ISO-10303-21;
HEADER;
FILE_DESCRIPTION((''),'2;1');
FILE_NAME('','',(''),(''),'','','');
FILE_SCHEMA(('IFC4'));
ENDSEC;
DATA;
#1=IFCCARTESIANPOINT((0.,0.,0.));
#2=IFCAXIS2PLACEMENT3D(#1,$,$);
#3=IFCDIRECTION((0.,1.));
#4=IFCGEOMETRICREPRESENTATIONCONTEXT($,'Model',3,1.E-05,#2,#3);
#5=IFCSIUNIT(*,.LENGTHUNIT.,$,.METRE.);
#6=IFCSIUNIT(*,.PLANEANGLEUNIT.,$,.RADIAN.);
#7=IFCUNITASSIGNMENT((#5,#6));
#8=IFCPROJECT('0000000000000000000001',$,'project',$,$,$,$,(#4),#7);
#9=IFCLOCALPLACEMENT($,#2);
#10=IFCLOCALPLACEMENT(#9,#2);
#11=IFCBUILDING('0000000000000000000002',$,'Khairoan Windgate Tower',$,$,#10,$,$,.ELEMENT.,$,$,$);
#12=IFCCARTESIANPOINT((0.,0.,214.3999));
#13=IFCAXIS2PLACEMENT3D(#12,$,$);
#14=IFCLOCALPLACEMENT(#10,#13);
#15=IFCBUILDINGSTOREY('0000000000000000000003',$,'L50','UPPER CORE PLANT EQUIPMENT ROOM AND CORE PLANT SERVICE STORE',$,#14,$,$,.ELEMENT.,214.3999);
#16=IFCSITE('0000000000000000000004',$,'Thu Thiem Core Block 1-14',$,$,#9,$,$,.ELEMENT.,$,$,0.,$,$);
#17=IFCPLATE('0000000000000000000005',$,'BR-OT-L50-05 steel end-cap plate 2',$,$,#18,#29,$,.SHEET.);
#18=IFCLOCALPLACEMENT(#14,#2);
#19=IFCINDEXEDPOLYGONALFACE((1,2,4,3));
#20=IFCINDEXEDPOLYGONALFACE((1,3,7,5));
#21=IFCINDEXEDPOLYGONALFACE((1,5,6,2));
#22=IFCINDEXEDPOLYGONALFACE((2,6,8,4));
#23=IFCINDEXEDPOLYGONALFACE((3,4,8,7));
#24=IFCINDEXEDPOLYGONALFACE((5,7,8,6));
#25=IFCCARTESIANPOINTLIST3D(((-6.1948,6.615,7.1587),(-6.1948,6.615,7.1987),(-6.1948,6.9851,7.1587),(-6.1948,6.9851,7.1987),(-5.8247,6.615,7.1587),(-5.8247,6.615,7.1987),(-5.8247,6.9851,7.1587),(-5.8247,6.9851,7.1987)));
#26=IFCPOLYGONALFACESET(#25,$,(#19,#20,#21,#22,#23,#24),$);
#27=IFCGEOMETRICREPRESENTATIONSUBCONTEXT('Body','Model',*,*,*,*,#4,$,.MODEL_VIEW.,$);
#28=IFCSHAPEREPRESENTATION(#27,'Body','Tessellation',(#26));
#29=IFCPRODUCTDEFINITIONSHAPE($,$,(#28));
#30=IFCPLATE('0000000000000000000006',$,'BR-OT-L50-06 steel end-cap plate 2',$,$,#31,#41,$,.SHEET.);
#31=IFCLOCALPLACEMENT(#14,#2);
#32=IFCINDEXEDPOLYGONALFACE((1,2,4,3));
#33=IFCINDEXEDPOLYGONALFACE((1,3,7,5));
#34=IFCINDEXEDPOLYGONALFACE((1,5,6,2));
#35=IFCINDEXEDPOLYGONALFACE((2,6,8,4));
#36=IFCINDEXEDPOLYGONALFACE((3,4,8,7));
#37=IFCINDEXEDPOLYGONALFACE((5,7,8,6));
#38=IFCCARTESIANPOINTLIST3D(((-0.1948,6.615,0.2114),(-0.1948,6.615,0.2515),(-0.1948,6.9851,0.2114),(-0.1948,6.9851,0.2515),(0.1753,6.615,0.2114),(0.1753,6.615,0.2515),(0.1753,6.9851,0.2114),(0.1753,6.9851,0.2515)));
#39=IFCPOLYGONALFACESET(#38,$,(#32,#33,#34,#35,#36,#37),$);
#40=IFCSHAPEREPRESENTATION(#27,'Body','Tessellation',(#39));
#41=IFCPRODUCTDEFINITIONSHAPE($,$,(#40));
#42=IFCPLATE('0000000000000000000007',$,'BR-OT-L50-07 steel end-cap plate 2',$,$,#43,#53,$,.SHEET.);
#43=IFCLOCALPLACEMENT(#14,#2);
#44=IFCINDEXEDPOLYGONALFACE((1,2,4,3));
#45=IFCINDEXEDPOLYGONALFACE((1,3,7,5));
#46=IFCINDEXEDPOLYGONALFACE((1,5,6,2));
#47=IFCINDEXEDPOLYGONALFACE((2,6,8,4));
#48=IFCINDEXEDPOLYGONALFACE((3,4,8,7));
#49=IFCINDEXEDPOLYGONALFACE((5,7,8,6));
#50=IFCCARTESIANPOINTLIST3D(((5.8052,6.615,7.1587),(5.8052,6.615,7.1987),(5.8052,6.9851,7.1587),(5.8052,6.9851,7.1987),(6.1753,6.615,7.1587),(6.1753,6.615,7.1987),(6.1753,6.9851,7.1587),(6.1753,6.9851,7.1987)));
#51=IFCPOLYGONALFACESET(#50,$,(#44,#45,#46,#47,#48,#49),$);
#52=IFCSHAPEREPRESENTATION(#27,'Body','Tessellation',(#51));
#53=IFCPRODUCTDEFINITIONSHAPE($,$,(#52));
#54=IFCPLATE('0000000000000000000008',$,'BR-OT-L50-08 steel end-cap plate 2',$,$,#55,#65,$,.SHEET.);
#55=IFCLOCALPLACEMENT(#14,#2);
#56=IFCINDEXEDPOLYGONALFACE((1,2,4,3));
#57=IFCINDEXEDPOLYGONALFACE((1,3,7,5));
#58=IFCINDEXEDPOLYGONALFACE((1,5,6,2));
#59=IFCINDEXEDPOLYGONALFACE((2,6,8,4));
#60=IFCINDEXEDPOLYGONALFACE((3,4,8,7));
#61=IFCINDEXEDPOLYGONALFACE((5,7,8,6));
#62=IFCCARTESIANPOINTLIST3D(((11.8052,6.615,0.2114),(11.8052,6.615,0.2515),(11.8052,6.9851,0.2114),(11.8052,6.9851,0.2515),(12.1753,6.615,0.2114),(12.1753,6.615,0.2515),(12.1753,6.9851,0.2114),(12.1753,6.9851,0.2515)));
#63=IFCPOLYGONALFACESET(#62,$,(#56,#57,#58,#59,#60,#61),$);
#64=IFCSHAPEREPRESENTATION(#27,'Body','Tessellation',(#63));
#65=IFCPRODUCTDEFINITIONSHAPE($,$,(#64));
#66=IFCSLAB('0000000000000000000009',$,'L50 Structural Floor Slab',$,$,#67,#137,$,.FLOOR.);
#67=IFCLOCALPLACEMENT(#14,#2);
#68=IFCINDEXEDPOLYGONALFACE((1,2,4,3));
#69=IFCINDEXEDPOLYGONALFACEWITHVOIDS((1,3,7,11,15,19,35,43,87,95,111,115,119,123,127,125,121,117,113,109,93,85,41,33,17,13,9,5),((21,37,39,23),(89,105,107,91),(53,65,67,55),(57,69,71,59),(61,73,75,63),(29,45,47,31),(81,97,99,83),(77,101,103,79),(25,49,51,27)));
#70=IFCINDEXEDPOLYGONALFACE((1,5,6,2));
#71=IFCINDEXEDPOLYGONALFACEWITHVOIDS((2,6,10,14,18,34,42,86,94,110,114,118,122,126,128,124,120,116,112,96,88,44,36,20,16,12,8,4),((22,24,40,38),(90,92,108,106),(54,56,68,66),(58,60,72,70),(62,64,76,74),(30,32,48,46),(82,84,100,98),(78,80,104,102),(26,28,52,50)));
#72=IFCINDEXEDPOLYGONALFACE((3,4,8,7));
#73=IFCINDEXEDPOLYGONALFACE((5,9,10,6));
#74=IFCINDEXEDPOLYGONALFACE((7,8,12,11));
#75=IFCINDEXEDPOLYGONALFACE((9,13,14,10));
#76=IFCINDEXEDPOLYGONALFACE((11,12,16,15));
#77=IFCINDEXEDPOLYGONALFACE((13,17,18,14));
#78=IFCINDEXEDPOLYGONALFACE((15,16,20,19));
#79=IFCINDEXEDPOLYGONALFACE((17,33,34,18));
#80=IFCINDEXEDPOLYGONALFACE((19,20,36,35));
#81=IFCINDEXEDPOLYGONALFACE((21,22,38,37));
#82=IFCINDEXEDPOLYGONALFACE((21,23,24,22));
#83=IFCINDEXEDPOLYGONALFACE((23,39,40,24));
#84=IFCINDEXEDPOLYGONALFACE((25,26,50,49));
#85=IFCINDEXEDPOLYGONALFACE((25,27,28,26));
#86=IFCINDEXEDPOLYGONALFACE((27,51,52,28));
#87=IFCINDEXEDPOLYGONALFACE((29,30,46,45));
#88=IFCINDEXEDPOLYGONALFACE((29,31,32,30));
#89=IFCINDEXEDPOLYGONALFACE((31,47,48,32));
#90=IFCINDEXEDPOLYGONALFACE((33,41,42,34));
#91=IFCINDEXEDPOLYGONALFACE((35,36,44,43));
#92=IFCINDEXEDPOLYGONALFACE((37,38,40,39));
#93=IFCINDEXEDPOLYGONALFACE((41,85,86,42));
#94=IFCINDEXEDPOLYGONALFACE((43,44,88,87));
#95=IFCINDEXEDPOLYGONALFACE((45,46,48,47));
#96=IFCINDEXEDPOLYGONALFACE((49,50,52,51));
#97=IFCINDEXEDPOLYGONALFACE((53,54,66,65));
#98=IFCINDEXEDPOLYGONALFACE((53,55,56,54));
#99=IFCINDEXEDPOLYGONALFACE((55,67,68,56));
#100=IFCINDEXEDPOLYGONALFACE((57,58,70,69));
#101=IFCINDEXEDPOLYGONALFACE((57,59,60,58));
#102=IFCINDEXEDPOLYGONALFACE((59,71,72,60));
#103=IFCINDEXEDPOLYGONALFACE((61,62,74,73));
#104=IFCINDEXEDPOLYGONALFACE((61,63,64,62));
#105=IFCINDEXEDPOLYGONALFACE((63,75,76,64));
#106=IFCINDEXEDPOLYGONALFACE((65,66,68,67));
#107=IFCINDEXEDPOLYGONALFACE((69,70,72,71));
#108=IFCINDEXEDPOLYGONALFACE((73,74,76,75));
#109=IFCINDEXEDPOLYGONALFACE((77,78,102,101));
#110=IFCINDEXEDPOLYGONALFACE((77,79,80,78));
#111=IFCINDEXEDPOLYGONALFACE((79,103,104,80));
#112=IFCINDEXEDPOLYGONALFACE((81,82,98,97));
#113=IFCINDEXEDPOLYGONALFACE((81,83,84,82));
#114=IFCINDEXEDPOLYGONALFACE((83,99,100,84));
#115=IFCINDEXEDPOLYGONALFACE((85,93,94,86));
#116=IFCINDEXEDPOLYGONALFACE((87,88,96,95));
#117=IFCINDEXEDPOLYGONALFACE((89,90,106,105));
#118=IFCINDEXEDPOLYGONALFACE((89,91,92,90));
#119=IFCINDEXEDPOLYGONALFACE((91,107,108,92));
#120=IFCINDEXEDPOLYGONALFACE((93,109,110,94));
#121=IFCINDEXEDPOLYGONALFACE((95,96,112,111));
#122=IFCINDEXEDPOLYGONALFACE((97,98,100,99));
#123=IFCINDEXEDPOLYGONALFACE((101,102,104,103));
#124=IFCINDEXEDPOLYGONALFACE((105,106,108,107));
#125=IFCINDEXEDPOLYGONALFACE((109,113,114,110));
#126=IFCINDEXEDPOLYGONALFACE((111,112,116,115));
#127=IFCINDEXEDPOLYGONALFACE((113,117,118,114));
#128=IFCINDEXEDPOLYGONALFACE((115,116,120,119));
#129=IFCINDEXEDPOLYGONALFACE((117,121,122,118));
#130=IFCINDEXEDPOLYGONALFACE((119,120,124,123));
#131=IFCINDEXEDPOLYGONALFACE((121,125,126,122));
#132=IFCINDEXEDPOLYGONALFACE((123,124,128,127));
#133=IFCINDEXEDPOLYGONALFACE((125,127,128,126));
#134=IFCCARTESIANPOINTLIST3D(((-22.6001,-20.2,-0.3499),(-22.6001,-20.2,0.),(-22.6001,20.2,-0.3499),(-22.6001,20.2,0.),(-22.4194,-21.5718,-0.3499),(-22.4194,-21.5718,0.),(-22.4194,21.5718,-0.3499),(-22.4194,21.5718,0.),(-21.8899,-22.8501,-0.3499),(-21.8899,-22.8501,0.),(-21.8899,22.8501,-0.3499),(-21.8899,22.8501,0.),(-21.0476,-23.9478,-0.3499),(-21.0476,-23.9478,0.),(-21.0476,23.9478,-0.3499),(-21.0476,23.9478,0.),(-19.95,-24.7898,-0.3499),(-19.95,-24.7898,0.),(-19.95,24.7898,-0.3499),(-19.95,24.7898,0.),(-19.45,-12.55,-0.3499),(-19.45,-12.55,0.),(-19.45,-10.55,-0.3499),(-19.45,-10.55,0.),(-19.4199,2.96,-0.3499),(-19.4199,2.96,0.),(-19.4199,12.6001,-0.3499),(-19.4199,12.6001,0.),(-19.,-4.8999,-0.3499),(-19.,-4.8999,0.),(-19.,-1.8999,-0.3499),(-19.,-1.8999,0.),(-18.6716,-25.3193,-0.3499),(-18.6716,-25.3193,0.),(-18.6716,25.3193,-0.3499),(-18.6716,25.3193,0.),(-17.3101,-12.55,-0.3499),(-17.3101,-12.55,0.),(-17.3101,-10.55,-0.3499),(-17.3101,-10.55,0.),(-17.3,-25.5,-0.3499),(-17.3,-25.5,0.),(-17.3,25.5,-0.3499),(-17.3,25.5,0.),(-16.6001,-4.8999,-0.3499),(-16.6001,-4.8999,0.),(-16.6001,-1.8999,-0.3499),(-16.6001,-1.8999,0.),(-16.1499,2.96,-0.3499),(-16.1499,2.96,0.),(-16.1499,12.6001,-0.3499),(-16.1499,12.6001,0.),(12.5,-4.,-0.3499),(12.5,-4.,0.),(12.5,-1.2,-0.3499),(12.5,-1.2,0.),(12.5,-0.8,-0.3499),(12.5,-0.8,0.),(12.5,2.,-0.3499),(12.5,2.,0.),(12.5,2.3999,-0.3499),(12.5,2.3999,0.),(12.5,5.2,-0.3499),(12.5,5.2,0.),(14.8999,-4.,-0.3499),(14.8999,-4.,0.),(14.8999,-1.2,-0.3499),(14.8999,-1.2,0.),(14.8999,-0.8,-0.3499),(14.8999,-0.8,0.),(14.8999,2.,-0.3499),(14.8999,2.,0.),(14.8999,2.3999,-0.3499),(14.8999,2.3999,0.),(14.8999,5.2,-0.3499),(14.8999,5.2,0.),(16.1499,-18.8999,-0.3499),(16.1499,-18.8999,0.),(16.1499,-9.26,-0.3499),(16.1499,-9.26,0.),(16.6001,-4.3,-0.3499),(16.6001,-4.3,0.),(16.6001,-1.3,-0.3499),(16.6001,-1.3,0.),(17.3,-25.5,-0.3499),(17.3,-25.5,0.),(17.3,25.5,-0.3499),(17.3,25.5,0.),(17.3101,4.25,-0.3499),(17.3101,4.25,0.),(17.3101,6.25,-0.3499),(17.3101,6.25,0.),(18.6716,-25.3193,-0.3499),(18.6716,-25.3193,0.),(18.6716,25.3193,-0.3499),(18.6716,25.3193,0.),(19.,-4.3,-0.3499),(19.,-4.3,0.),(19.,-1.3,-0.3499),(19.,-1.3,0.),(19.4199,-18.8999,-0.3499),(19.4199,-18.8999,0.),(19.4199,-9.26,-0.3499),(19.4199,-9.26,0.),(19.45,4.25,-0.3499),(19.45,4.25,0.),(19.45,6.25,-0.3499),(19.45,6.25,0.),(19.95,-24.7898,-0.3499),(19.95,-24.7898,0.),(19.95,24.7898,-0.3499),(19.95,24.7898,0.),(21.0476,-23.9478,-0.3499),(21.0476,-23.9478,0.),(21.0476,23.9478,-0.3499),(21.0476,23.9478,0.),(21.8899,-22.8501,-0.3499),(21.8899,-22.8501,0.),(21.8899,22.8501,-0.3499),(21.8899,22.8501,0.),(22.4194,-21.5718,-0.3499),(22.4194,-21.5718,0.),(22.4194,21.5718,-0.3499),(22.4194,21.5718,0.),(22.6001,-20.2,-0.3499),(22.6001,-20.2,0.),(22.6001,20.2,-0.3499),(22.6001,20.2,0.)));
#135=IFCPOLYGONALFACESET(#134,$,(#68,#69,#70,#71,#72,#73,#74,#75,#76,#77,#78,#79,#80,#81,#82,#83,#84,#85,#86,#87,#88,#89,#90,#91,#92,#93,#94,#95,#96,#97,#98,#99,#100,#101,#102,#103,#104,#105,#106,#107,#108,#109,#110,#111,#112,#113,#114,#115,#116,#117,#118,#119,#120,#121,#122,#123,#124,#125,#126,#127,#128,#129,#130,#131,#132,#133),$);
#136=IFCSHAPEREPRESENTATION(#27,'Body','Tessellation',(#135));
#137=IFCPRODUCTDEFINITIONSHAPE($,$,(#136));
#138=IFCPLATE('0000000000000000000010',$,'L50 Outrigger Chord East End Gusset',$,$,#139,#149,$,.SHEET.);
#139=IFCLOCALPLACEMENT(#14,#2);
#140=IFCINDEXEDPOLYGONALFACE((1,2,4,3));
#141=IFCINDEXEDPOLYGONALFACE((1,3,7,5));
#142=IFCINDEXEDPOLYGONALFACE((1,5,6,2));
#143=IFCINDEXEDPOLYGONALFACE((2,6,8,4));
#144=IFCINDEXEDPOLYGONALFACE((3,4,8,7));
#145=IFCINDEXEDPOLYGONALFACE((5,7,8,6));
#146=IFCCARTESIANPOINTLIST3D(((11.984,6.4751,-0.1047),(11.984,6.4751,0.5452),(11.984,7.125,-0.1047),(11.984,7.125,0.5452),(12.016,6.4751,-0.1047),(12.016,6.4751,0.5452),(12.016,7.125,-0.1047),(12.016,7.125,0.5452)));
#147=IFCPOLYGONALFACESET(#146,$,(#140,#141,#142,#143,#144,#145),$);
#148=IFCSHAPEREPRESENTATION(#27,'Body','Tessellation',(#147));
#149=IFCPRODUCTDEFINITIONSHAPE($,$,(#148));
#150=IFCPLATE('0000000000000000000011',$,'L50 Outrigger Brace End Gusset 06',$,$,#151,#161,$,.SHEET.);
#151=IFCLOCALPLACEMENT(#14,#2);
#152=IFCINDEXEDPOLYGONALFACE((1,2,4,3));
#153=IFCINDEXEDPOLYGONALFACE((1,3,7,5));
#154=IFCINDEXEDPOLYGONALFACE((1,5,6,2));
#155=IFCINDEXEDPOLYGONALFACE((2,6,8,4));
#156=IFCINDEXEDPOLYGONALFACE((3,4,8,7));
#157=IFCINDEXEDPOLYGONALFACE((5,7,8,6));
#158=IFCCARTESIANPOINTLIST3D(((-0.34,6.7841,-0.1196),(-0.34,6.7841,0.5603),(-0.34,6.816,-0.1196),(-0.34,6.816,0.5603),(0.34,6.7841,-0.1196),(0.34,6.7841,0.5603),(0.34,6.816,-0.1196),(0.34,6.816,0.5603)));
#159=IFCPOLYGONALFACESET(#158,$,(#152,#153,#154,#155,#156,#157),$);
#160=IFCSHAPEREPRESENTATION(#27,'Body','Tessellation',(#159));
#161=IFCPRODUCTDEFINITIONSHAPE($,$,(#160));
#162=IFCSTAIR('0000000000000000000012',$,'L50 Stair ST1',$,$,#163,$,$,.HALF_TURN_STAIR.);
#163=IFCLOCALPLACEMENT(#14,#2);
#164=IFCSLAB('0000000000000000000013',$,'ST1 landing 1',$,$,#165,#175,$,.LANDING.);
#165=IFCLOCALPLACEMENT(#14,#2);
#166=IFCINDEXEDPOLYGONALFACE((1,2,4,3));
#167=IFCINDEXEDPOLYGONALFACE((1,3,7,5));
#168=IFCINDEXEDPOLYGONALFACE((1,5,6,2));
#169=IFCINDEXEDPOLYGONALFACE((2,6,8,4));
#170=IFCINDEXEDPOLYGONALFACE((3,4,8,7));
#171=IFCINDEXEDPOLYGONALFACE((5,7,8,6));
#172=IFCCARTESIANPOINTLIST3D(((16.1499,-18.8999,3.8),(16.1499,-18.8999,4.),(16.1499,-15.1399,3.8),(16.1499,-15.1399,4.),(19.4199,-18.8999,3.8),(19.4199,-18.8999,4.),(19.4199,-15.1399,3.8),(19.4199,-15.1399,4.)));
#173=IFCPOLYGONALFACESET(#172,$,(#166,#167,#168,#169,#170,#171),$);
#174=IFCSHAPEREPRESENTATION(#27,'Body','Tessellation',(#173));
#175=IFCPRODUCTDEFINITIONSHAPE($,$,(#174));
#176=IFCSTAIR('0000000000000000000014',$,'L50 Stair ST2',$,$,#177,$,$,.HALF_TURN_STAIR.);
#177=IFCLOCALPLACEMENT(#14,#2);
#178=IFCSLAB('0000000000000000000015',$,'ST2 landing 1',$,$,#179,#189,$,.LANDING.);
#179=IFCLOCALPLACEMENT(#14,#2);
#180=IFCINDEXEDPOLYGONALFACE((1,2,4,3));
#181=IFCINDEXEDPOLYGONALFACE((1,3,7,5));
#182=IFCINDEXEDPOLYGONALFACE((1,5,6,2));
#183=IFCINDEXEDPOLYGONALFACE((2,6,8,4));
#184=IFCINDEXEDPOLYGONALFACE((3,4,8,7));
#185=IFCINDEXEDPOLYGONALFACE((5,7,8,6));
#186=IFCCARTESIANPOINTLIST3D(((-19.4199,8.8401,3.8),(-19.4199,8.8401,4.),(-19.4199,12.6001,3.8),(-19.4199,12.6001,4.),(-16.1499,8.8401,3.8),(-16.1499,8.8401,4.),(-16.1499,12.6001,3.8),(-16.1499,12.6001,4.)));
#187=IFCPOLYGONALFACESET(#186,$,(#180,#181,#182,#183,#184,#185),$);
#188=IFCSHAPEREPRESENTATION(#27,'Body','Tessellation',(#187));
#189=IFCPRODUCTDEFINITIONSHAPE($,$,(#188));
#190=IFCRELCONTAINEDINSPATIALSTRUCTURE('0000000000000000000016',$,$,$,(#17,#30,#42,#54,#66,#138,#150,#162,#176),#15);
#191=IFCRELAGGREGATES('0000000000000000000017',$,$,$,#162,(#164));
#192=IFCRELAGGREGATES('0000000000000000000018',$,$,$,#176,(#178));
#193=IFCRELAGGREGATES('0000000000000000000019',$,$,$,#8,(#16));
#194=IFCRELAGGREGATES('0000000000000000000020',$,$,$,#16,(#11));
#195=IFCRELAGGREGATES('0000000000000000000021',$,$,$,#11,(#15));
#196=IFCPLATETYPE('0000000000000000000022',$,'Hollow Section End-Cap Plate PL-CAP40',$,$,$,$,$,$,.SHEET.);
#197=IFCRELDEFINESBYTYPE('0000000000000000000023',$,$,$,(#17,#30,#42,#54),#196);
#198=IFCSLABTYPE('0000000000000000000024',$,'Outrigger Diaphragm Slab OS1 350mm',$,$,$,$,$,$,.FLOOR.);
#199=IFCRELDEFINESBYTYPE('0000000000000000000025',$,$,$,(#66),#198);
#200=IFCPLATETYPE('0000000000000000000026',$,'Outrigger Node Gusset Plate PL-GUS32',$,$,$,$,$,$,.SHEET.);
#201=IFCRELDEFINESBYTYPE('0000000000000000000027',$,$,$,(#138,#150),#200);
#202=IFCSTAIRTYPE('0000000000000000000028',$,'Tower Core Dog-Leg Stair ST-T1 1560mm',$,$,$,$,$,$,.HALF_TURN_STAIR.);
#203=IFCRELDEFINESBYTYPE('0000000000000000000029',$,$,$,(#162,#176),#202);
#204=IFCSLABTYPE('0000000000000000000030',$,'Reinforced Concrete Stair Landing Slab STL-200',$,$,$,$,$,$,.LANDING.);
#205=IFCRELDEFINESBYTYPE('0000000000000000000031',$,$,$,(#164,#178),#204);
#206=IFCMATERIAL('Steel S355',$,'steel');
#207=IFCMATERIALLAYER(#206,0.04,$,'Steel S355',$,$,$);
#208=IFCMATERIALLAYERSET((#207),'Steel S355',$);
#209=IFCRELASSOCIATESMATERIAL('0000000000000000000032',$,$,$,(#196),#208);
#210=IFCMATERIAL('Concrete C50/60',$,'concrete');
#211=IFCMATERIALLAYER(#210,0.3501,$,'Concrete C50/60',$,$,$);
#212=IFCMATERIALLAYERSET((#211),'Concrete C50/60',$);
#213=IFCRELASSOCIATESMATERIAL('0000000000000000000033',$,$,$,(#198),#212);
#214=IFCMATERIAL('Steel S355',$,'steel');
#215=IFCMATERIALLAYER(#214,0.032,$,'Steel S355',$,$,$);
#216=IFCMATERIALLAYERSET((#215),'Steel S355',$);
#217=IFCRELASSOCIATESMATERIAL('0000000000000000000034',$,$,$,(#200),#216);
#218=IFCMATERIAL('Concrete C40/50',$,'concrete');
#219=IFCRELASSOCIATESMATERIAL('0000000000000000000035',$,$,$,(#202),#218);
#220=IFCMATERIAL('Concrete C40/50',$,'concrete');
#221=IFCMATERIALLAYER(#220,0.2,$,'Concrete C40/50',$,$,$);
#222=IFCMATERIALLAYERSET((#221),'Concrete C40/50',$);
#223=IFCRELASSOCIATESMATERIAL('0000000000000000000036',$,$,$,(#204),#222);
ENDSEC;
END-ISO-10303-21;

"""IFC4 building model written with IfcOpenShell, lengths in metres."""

from ifc_helpers import new_model, si_unit, direction, frame, origin, origin_2d, place, context, subcontext, project, spatial, polyline, rectangle, outline, extrude, material, layer, layer_set, type_object, element, aggregate, save


model = new_model("IFC4")

# Units and contexts
model_context = context("Model", 3, precision=1e-05, world=origin(), true_north=direction((0.0, 1.0)))
body_context = subcontext(model_context, "Body", "Model", "MODEL_VIEW")
ifc_project = project(units=[si_unit("LENGTHUNIT", "METRE"), si_unit("PLANEANGLEUNIT", "RADIAN")], contexts=[model_context])

# Site, building, storey
site_placement = place(None, origin())
site = spatial("IfcSite", under=ifc_project, at=site_placement, Name="Thu Thiem Core Block 1-14", CompositionType="ELEMENT", RefElevation=0.0)
building_placement = place(site_placement, origin())
building = spatial("IfcBuilding", under=site, at=building_placement, Name="Khairoan Windgate Tower", CompositionType="ELEMENT")
storey_placement = place(building_placement, frame((0.0, 0.0, 214.3999)))
storey = spatial("IfcBuildingStorey", under=building, at=storey_placement, Name="L50", Description="UPPER CORE PLANT EQUIPMENT ROOM AND CORE PLANT SERVICE STORE", CompositionType="ELEMENT", Elevation=214.3999)

# Plates
ifc_material_1 = material(Name="Steel S355", Category="steel")
ifc_layer_1 = layer(ifc_material_1, 0.04, Name="Steel S355")
ifc_layer_set_1 = layer_set([ifc_layer_1], Name="Steel S355")
plate_type_1 = type_object("IfcPlateType", Name="Hollow Section End-Cap Plate PL-CAP40", PredefinedType="SHEET", material=ifc_layer_set_1)
for number, where, z_axis, x_axis, name in (
    (1, (-6.0098, 6.8, 7.1587), (0.0, 0.0, 1.0), (1.0, 0.0, 0.0), "BR-OT-L50-05 steel end-cap plate 2"),
    (2, (-0.0098, 6.8, 0.2114), (0.0, 0.0, 1.0), (1.0, 0.0, 0.0), "BR-OT-L50-06 steel end-cap plate 2"),
    (3, (5.9902, 6.8, 7.1587), (0.0, 0.0, 1.0), (1.0, 0.0, 0.0), "BR-OT-L50-07 steel end-cap plate 2"),
    (4, (11.9902, 6.8, 0.2114), (0.0, 0.0, 1.0), (1.0, 0.0, 0.0), "BR-OT-L50-08 steel end-cap plate 2"),
):
    element("IfcPlate", number, at=place(storey_placement, frame(where, z_axis=z_axis, x_axis=x_axis)), inside=storey, type_object=plate_type_1, Name=name, PredefinedType="SHEET", context=body_context, shape_type="SweptSolid", body=[
        extrude(rectangle(XDim=0.3701, YDim=0.3701, at=origin_2d()), origin(), (0.0, 0.0, 1.0), 0.04),
    ])

# Slab
ifc_material_2 = material(Name="Concrete C50/60", Category="concrete")
ifc_layer_2 = layer(ifc_material_2, 0.3501, Name="Concrete C50/60")
ifc_layer_set_2 = layer_set([ifc_layer_2], Name="Concrete C50/60")
slab_type_1 = type_object("IfcSlabType", Name="Outrigger Diaphragm Slab OS1 350mm", PredefinedType="FLOOR", material=ifc_layer_set_2)
slab_1_placement = place(storey_placement, frame((0.0, 0.0, -0.3499)))
element("IfcSlab", 5, at=slab_1_placement, inside=storey, type_object=slab_type_1, Name="L50 Structural Floor Slab", PredefinedType="FLOOR", context=body_context, shape_type="SweptSolid", body=[
    extrude(outline(polyline([(17.3, -25.5), (18.6716, -25.3193), (19.95, -24.7898), (21.0476, -23.9478), (21.8899, -22.8501), (22.4194, -21.5718), (22.6001, -20.2), (22.6001, 20.2), (22.4194, 21.5718), (21.8899, 22.8501), (21.0476, 23.9478), (19.95, 24.7898), (18.6716, 25.3193), (17.3, 25.5), (-17.3, 25.5), (-18.6716, 25.3193), (-19.95, 24.7898), (-21.0476, 23.9478), (-21.8899, 22.8501), (-22.4194, 21.5718), (-22.6001, 20.2), (-22.6001, -20.2), (-22.4194, -21.5718), (-21.8899, -22.8501), (-21.0476, -23.9478), (-19.95, -24.7898), (-18.6716, -25.3193), (-17.3, -25.5), (17.3, -25.5)]), holes=[polyline([(16.1499, -9.26), (16.1499, -18.8999), (19.4199, -18.8999), (19.4199, -9.26), (16.1499, -9.26)]), polyline([(-16.1499, 2.96), (-16.1499, 12.6001), (-19.4199, 12.6001), (-19.4199, 2.96), (-16.1499, 2.96)]), polyline([(12.5, 2.3999), (14.8999, 2.3999), (14.8999, 5.2), (12.5, 5.2), (12.5, 2.3999)]), polyline([(12.5, -0.8), (14.8999, -0.8), (14.8999, 2.0), (12.5, 2.0), (12.5, -0.8)]), polyline([(12.5, -4.0), (14.8999, -4.0), (14.8999, -1.2), (12.5, -1.2), (12.5, -4.0)]), polyline([(16.6001, -4.3), (19.0, -4.3), (19.0, -1.3), (16.6001, -1.3), (16.6001, -4.3)]), polyline([(-19.0, -4.8999), (-16.6001, -4.8999), (-16.6001, -1.8999), (-19.0, -1.8999), (-19.0, -4.8999)]), polyline([(-19.45, -12.55), (-17.3101, -12.55), (-17.3101, -10.55), (-19.45, -10.55), (-19.45, -12.55)]), polyline([(17.3101, 4.25), (19.45, 4.25), (19.45, 6.25), (17.3101, 6.25), (17.3101, 4.25)])]), origin(), (0.0, 0.0, 1.0), 0.3499),
])

# Plates
ifc_material_3 = material(Name="Steel S355", Category="steel")
ifc_layer_3 = layer(ifc_material_3, 0.032, Name="Steel S355")
ifc_layer_set_3 = layer_set([ifc_layer_3], Name="Steel S355")
plate_type_2 = type_object("IfcPlateType", Name="Outrigger Node Gusset Plate PL-GUS32", PredefinedType="SHEET", material=ifc_layer_set_3)
plate_1_placement = place(storey_placement, frame((12.0, 6.8, -0.1047), z_axis=(0.0, 0.0, 1.0), x_axis=(1.0, 0.0, 0.0)))
element("IfcPlate", 6, at=plate_1_placement, inside=storey, type_object=plate_type_2, Name="L50 Outrigger Chord East End Gusset", PredefinedType="SHEET", context=body_context, shape_type="SweptSolid", body=[
    extrude(rectangle(XDim=0.032, YDim=0.6499, at=origin_2d()), origin(), (0.0, 0.0, 1.0), 0.6499),
])
plate_2_placement = place(storey_placement, frame((0.0, 6.8, -0.1196), z_axis=(0.0, 0.0, 1.0), x_axis=(1.0, 0.0, 0.0)))
element("IfcPlate", 7, at=plate_2_placement, inside=storey, type_object=plate_type_2, Name="L50 Outrigger Brace End Gusset 06", PredefinedType="SHEET", context=body_context, shape_type="SweptSolid", body=[
    extrude(rectangle(XDim=0.6799, YDim=0.032, at=origin_2d()), origin(), (0.0, 0.0, 1.0), 0.6799),
])

# Stairs, slabs
ifc_material_4 = material(Name="Concrete C40/50", Category="concrete")
stair_type = type_object("IfcStairType", Name="Tower Core Dog-Leg Stair ST-T1 1560mm", PredefinedType="HALF_TURN_STAIR", material=ifc_material_4)
stair_1_placement = place(storey_placement, origin())
stair_1 = element("IfcStair", 8, at=stair_1_placement, inside=storey, type_object=stair_type, Name="L50 Stair ST1", PredefinedType="HALF_TURN_STAIR")
ifc_material_5 = material(Name="Concrete C40/50", Category="concrete")
ifc_layer_4 = layer(ifc_material_5, 0.2, Name="Concrete C40/50")
ifc_layer_set_4 = layer_set([ifc_layer_4], Name="Concrete C40/50")
slab_type_2 = type_object("IfcSlabType", Name="Reinforced Concrete Stair Landing Slab STL-200", PredefinedType="LANDING", material=ifc_layer_set_4)
slab_2_placement = place(storey_placement, frame((0.0, 0.0, 3.8)))
slab_2 = element("IfcSlab", 9, at=slab_2_placement, type_object=slab_type_2, Name="ST1 landing 1", PredefinedType="LANDING", context=body_context, shape_type="SweptSolid", body=[
    extrude(outline(polyline([(16.1499, -15.1399), (16.1499, -18.8999), (19.4199, -18.8999), (19.4199, -15.1399), (16.1499, -15.1399)])), origin(), (0.0, 0.0, 1.0), 0.2),
])
aggregate(stair_1, [slab_2])
stair_2_placement = place(storey_placement, origin())
stair_2 = element("IfcStair", 10, at=stair_2_placement, inside=storey, type_object=stair_type, Name="L50 Stair ST2", PredefinedType="HALF_TURN_STAIR")
slab_3_placement = place(storey_placement, frame((0.0, 0.0, 3.8)))
slab_3 = element("IfcSlab", 11, at=slab_3_placement, type_object=slab_type_2, Name="ST2 landing 1", PredefinedType="LANDING", context=body_context, shape_type="SweptSolid", body=[
    extrude(outline(polyline([(-16.1499, 8.8401), (-16.1499, 12.6001), (-19.4199, 12.6001), (-19.4199, 8.8401), (-16.1499, 8.8401)])), origin(), (0.0, 0.0, 1.0), 0.2),
])
aggregate(stair_2, [slab_3])

save(model, "model.ifc")
